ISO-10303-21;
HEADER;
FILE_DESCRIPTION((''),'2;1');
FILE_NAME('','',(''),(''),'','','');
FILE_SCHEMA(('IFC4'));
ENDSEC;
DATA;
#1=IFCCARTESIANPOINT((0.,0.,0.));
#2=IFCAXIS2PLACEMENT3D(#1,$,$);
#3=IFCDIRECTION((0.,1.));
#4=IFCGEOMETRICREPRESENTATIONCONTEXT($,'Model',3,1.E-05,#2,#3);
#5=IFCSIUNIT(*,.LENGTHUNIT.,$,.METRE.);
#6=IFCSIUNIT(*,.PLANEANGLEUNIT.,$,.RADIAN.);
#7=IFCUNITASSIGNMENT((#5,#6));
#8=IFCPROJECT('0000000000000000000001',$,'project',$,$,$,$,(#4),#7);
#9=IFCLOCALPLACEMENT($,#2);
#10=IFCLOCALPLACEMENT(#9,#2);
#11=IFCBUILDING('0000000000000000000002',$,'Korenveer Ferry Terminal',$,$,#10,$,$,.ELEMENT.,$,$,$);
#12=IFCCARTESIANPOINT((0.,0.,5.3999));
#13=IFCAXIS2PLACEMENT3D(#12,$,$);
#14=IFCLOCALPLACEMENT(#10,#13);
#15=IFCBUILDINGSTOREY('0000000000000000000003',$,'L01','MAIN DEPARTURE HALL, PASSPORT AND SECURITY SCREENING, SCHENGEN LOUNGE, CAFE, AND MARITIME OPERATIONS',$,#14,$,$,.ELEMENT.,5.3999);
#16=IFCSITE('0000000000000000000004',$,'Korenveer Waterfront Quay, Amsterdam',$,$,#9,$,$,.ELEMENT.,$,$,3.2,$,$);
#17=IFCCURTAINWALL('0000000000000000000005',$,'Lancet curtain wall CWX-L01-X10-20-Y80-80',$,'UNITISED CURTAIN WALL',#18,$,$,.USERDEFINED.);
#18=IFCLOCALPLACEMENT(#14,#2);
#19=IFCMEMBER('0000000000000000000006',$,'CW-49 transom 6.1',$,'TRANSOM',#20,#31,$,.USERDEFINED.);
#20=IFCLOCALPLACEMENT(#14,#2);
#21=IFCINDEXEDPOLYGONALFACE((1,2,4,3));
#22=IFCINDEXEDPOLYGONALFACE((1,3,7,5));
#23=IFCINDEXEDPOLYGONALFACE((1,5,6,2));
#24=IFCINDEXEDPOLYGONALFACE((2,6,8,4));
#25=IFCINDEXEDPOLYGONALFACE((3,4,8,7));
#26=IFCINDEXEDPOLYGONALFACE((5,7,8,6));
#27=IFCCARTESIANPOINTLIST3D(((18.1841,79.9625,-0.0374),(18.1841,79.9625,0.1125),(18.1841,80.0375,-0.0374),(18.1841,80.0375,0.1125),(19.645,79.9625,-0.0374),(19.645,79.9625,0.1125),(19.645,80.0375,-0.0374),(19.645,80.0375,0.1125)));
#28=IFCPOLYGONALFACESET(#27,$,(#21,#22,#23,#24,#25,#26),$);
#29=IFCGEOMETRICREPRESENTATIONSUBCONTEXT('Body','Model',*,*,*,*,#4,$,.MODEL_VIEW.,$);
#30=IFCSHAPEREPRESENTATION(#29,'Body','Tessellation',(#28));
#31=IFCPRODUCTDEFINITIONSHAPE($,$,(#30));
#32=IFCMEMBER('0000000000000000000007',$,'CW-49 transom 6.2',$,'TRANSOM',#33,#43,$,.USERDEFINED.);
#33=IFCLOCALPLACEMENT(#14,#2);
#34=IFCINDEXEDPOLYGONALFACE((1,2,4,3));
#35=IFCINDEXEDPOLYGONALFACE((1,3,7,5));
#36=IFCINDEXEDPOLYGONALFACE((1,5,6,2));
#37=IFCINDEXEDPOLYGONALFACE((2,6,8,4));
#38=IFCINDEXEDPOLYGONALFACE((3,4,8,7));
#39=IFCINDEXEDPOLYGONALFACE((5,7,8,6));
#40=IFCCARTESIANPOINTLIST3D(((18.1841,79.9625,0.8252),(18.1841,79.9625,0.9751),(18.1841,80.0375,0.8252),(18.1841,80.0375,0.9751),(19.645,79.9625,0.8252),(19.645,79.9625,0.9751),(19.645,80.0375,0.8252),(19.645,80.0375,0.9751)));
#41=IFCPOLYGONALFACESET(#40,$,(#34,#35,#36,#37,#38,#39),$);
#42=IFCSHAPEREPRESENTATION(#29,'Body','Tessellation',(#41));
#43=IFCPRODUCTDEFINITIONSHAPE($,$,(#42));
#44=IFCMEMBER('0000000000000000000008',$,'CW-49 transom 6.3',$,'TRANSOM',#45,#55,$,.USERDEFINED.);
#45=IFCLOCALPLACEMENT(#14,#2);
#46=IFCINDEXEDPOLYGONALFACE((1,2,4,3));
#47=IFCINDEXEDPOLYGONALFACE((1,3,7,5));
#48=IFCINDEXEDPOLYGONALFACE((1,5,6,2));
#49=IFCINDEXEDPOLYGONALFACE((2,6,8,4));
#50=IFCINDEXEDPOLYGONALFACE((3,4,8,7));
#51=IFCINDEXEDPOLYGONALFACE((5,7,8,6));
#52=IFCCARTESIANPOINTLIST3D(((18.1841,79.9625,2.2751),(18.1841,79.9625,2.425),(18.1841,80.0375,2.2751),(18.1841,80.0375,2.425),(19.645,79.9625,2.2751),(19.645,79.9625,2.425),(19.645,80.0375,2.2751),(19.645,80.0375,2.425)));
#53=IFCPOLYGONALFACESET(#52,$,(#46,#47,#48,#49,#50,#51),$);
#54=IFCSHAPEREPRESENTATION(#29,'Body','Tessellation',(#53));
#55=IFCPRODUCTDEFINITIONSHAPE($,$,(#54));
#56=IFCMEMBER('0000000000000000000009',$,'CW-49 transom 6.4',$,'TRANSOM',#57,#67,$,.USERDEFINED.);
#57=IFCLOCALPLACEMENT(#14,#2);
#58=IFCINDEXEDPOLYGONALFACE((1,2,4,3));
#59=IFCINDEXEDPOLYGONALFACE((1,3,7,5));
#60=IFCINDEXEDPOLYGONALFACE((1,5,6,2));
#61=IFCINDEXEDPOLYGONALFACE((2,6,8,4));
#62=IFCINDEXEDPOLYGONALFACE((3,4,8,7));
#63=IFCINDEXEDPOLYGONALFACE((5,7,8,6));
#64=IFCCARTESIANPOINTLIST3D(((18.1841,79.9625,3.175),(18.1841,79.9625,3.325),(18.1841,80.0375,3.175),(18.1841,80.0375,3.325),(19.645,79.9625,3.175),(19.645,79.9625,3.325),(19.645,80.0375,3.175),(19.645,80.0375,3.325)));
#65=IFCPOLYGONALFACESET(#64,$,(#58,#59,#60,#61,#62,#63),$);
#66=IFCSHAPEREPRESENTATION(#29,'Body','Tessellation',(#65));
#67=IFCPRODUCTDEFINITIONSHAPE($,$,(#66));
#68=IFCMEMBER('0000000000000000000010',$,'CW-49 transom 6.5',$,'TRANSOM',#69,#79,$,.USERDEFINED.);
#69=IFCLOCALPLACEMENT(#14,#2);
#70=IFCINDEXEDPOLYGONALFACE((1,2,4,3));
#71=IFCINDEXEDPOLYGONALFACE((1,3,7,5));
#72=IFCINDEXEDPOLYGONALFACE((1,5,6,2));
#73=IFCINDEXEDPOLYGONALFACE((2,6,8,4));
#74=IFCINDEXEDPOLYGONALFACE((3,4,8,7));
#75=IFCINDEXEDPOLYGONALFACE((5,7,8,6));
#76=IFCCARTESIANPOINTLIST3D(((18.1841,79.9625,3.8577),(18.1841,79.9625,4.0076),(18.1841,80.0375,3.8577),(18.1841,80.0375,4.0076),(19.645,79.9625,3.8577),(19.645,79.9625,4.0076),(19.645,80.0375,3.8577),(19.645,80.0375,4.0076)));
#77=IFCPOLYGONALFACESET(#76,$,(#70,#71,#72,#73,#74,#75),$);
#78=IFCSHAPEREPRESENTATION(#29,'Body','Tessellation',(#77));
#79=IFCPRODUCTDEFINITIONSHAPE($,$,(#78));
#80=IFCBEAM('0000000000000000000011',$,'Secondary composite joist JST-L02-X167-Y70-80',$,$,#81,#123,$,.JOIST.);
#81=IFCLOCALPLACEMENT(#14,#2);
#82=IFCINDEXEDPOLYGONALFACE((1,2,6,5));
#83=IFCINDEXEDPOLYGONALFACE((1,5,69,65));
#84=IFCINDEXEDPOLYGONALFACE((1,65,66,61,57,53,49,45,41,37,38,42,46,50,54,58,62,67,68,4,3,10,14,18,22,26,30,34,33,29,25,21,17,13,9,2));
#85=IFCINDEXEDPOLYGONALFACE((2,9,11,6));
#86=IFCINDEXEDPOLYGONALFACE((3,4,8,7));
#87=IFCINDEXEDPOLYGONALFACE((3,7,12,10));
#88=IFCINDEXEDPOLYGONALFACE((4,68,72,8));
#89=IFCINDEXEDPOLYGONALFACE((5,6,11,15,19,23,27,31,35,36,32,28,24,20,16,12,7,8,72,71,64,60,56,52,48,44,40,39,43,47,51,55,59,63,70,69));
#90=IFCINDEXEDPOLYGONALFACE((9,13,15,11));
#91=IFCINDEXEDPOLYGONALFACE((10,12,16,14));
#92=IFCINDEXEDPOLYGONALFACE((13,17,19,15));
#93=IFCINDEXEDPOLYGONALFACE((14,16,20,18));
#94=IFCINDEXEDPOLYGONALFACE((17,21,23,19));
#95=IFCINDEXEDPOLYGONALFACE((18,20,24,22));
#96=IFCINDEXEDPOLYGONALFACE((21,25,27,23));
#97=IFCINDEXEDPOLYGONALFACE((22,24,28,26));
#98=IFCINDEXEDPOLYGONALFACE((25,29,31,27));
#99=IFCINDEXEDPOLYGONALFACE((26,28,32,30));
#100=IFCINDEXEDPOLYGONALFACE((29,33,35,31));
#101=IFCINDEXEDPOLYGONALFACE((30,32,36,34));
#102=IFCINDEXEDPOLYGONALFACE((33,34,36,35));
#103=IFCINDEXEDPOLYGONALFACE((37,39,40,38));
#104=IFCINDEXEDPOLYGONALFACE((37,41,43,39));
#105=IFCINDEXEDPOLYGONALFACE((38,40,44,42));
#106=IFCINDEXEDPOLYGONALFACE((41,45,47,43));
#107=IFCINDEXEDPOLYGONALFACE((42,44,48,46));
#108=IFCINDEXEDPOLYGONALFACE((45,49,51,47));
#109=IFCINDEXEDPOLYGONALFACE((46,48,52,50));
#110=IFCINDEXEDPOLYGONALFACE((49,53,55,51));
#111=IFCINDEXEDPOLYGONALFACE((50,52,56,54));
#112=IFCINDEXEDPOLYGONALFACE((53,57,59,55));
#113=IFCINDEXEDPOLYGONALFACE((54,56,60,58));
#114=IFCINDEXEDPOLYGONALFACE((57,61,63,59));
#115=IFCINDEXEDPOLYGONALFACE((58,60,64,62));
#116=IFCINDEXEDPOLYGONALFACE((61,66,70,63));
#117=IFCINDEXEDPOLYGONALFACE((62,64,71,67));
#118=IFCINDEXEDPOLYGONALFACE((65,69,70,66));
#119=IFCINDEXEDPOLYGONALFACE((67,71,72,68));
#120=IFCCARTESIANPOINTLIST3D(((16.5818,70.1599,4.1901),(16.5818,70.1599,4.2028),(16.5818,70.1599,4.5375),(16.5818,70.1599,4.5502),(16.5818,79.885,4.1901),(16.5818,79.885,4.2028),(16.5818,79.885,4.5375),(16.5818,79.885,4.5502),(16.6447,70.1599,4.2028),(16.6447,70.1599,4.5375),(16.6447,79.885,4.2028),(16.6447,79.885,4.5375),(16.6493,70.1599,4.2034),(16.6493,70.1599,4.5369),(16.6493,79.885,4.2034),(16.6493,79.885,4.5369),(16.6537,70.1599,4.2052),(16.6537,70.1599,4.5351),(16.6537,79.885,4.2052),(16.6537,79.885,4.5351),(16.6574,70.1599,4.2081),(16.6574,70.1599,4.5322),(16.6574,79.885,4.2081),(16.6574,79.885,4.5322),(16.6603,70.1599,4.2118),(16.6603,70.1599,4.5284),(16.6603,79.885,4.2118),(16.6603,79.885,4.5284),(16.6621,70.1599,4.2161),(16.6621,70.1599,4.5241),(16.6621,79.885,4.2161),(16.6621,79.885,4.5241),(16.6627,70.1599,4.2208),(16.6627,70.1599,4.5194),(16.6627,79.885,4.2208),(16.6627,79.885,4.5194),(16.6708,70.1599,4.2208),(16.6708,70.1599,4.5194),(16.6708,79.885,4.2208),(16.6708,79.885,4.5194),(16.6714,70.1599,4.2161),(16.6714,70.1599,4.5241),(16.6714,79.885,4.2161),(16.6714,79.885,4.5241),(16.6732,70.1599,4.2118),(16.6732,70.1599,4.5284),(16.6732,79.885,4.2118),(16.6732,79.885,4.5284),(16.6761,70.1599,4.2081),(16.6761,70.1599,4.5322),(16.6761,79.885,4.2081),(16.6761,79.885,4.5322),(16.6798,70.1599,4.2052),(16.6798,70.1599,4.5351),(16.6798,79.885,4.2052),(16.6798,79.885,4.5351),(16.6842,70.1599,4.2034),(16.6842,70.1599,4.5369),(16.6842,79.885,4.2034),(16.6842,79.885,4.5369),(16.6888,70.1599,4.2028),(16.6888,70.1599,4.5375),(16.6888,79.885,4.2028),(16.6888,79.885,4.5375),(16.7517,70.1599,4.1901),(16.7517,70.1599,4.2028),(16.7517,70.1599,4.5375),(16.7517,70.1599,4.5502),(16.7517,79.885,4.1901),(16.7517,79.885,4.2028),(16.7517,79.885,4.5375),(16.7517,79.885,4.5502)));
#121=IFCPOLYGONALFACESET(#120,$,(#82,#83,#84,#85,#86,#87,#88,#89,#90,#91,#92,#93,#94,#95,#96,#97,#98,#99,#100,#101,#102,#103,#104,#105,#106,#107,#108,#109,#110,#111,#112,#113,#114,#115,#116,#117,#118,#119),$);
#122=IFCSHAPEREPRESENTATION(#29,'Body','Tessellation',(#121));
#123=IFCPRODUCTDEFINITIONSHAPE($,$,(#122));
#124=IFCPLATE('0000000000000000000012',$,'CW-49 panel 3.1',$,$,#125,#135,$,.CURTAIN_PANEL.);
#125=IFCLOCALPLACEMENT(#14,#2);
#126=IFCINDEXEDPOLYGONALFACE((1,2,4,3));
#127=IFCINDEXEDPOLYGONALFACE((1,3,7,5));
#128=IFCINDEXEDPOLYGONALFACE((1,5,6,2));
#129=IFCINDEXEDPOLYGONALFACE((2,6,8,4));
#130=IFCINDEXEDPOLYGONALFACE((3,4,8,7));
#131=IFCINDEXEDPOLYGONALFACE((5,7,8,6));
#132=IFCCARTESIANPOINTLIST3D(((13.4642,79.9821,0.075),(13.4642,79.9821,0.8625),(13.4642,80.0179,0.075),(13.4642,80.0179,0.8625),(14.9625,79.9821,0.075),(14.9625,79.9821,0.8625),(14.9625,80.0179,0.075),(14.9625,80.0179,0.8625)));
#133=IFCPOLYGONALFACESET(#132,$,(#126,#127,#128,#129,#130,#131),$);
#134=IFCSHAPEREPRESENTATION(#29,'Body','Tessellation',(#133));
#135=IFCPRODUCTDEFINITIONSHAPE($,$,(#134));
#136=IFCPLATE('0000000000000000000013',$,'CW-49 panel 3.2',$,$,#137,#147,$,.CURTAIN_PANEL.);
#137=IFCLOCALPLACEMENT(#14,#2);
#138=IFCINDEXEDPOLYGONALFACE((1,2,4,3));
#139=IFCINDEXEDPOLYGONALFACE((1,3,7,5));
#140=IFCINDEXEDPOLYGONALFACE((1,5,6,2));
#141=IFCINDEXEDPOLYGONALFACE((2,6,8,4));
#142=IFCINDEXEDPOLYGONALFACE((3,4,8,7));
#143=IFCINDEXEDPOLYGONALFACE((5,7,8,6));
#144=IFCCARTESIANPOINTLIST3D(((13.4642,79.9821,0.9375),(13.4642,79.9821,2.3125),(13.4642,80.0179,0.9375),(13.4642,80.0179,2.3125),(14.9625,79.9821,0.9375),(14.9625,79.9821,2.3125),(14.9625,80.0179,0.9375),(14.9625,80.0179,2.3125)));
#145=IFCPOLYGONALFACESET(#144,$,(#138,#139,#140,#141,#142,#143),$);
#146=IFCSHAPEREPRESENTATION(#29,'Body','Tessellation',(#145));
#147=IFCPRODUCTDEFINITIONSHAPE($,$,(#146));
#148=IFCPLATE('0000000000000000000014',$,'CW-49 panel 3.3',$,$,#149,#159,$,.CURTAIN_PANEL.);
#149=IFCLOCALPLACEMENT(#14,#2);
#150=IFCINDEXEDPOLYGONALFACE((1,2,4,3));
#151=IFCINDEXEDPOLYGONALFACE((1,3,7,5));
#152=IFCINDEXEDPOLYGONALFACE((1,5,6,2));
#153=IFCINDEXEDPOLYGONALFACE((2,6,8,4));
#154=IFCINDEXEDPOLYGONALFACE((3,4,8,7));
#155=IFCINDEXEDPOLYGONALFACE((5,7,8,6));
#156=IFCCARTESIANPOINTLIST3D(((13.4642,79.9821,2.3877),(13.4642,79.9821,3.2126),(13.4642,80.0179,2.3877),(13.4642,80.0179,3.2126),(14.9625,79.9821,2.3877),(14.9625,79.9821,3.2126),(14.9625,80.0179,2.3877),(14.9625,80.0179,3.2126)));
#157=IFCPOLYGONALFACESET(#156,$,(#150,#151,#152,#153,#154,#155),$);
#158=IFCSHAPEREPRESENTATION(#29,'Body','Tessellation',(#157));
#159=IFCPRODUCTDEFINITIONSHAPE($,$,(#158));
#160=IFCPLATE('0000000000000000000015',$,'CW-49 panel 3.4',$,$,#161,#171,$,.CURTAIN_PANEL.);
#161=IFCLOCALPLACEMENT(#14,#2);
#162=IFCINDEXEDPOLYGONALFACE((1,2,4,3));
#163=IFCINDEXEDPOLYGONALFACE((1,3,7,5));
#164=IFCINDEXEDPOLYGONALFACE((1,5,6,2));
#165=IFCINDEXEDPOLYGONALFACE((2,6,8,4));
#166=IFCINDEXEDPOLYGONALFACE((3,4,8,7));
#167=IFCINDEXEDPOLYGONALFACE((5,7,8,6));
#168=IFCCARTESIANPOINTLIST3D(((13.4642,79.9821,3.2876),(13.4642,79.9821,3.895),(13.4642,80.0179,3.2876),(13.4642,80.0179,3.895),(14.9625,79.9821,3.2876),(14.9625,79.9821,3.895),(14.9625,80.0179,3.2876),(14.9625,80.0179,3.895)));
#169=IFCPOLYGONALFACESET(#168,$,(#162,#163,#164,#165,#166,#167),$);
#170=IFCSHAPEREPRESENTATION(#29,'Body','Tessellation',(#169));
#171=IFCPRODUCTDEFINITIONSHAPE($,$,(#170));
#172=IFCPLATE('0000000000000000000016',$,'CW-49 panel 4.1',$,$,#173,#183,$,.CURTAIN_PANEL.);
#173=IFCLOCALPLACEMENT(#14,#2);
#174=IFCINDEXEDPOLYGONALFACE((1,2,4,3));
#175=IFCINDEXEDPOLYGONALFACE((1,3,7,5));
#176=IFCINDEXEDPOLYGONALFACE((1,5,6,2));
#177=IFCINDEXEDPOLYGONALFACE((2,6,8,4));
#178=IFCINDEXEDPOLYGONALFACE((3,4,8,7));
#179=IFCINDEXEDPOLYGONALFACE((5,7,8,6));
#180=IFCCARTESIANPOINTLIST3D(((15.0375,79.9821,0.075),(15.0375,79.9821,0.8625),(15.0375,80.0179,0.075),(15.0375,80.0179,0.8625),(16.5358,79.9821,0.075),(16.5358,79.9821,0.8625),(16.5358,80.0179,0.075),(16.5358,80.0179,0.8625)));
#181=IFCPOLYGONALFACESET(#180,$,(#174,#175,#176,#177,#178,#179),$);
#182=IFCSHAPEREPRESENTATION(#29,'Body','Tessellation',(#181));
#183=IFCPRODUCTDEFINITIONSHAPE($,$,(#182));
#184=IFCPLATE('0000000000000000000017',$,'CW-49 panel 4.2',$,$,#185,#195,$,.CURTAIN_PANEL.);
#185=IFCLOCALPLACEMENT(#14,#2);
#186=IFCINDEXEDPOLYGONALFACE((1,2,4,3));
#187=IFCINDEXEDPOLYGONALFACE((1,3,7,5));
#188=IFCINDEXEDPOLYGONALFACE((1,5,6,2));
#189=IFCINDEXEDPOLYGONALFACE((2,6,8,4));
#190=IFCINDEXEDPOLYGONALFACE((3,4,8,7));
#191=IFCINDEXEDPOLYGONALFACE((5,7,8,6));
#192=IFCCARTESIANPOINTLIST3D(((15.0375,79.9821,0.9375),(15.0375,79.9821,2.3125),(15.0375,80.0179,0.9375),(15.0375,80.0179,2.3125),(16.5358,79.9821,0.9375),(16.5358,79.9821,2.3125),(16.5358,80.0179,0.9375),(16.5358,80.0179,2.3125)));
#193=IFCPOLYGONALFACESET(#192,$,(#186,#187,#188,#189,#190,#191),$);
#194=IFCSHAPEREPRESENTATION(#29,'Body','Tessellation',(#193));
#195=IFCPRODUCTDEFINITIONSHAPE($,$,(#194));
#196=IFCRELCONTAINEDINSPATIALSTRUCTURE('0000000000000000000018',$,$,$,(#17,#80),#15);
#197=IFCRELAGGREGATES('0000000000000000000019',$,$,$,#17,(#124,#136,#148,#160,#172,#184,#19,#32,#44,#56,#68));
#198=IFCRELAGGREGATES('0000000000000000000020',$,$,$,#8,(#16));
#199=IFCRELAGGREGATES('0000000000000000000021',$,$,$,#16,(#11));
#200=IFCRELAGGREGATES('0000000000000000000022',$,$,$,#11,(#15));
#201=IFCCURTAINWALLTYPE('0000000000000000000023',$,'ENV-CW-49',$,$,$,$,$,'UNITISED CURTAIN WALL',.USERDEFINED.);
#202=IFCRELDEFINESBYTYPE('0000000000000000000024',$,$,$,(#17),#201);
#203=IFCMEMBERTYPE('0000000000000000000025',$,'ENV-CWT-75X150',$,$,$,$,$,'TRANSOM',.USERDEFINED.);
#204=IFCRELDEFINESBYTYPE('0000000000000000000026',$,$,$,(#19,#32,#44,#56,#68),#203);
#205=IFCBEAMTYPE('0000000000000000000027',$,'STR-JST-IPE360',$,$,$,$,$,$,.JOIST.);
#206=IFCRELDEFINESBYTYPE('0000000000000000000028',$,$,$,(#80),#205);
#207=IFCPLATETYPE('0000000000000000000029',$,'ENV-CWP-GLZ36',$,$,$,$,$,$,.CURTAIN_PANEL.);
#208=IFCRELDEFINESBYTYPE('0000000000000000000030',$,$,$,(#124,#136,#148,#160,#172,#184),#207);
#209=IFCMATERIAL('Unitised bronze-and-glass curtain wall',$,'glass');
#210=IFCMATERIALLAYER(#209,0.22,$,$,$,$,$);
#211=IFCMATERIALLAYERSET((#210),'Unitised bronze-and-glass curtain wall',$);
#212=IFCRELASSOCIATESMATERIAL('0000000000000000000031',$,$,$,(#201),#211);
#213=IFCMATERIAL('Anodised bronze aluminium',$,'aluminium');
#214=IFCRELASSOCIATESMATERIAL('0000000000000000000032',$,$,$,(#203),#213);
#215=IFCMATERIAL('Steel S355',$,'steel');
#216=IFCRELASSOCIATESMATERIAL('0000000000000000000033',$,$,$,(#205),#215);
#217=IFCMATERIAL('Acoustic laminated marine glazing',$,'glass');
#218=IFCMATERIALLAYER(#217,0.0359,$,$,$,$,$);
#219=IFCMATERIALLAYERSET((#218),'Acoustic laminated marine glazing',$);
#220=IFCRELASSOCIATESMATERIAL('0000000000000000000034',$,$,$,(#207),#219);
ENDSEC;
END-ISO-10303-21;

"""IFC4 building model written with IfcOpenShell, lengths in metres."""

from ifc_helpers import new_model, si_unit, direction, frame, origin, origin_2d, place, context, subcontext, project, spatial, rectangle, i_section, extrude, material, layer, layer_set, material_profile, profile_set, type_object, element, aggregate, save


model = new_model("IFC4")

# Units and contexts
model_context = context("Model", 3, precision=1e-05, world=origin(), true_north=direction((0.0, 1.0)))
body_context = subcontext(model_context, "Body", "Model", "MODEL_VIEW")
ifc_project = project(units=[si_unit("LENGTHUNIT", "METRE"), si_unit("PLANEANGLEUNIT", "RADIAN")], contexts=[model_context])

# Site, building, storey
site_placement = place(None, origin())
site = spatial("IfcSite", under=ifc_project, at=site_placement, Name="Korenveer Waterfront Quay, Amsterdam", CompositionType="ELEMENT", RefElevation=3.2)
building_placement = place(site_placement, origin())
building = spatial("IfcBuilding", under=site, at=building_placement, Name="Korenveer Ferry Terminal", CompositionType="ELEMENT")
storey_placement = place(building_placement, frame((0.0, 0.0, 5.3999)))
storey = spatial("IfcBuildingStorey", under=building, at=storey_placement, Name="L01", Description="MAIN DEPARTURE HALL, PASSPORT AND SECURITY SCREENING, SCHENGEN LOUNGE, CAFE, AND MARITIME OPERATIONS", CompositionType="ELEMENT", Elevation=5.3999)

# Curtain wall, members
ifc_material_1 = material(Name="Unitised bronze-and-glass curtain wall", Category="glass")
ifc_layer_1 = layer(ifc_material_1, 0.22)
ifc_layer_set_1 = layer_set([ifc_layer_1], Name="Unitised bronze-and-glass curtain wall")
curtain_wall_type = type_object("IfcCurtainWallType", Name="ENV-CW-49", ElementType="UNITISED CURTAIN WALL", PredefinedType="USERDEFINED", material=ifc_layer_set_1)
curtain_wall_placement = place(storey_placement, frame((10.28, 80.0, 0.0)))
curtain_wall = element("IfcCurtainWall", 1, at=curtain_wall_placement, inside=storey, type_object=curtain_wall_type, Name="Lancet curtain wall CWX-L01-X10-20-Y80-80", ObjectType="UNITISED CURTAIN WALL", PredefinedType="USERDEFINED")
ifc_material_2 = material(Name="Anodised bronze aluminium", Category="aluminium")
ifc_material_profile_1 = material_profile(ifc_material_2, rectangle(XDim=0.075, YDim=0.1499, at=origin_2d()), Name="ALU 75x150")
ifc_profile_set_1 = profile_set([ifc_material_profile_1], Name="Anodised bronze aluminium")
member_type_1 = type_object("IfcMemberType", Name="ENV-CWT-75X150", ElementType="TRANSOM", PredefinedType="USERDEFINED", material=ifc_profile_set_1)
member_1_placement = place(storey_placement, frame((18.1841, 80.0, 0.0376), z_axis=(1.0, 0.0, 0.0), x_axis=(0.0, 1.0, 0.0)))
member_1 = element("IfcMember", 2, at=member_1_placement, type_object=member_type_1, Name="CW-49 transom 6.1", ObjectType="TRANSOM", PredefinedType="USERDEFINED", context=body_context, shape_type="SweptSolid", body=[
    extrude(rectangle(XDim=0.075, YDim=0.1499, at=origin_2d()), origin(), (0.0, 0.0, 1.0), 1.4609),
])
member_2_placement = place(storey_placement, frame((18.1841, 80.0, 0.9001), z_axis=(1.0, 0.0, 0.0), x_axis=(0.0, 1.0, 0.0)))
member_2 = element("IfcMember", 3, at=member_2_placement, type_object=member_type_1, Name="CW-49 transom 6.2", ObjectType="TRANSOM", PredefinedType="USERDEFINED", context=body_context, shape_type="SweptSolid", body=[
    extrude(rectangle(XDim=0.075, YDim=0.1499, at=origin_2d()), origin(), (0.0, 0.0, 1.0), 1.4609),
])
member_3_placement = place(storey_placement, frame((18.1841, 80.0, 2.3501), z_axis=(1.0, 0.0, 0.0), x_axis=(0.0, 1.0, 0.0)))
member_3 = element("IfcMember", 4, at=member_3_placement, type_object=member_type_1, Name="CW-49 transom 6.3", ObjectType="TRANSOM", PredefinedType="USERDEFINED", context=body_context, shape_type="SweptSolid", body=[
    extrude(rectangle(XDim=0.075, YDim=0.1499, at=origin_2d()), origin(), (0.0, 0.0, 1.0), 1.4609),
])
member_4_placement = place(storey_placement, frame((18.1841, 80.0, 3.25), z_axis=(1.0, 0.0, 0.0), x_axis=(0.0, 1.0, 0.0)))
member_4 = element("IfcMember", 5, at=member_4_placement, type_object=member_type_1, Name="CW-49 transom 6.4", ObjectType="TRANSOM", PredefinedType="USERDEFINED", context=body_context, shape_type="SweptSolid", body=[
    extrude(rectangle(XDim=0.075, YDim=0.1499, at=origin_2d()), origin(), (0.0, 0.0, 1.0), 1.4609),
])
member_5_placement = place(storey_placement, frame((18.1841, 80.0, 3.9326), z_axis=(1.0, 0.0, 0.0), x_axis=(0.0, 1.0, 0.0)))
member_5 = element("IfcMember", 6, at=member_5_placement, type_object=member_type_1, Name="CW-49 transom 6.5", ObjectType="TRANSOM", PredefinedType="USERDEFINED", context=body_context, shape_type="SweptSolid", body=[
    extrude(rectangle(XDim=0.075, YDim=0.1499, at=origin_2d()), origin(), (0.0, 0.0, 1.0), 1.4609),
])

# Beam
ifc_material_3 = material(Name="Steel S355", Category="steel")
ifc_material_profile_2 = material_profile(ifc_material_3, i_section(OverallWidth=0.1699, OverallDepth=0.3601, WebThickness=0.0081, FlangeThickness=0.0127, FilletRadius=0.0181, at=origin_2d()), Name="IPE 360")
ifc_profile_set_2 = profile_set([ifc_material_profile_2], Name="Steel S355")
beam_type = type_object("IfcBeamType", Name="STR-JST-IPE360", PredefinedType="JOIST", material=ifc_profile_set_2)
beam_placement = place(storey_placement, frame((16.6667, 70.1599, 4.3701), z_axis=(0.0, 1.0, 0.0), x_axis=(-1.0, 0.0, 0.0)))
element("IfcBeam", 7, at=beam_placement, inside=storey, type_object=beam_type, Name="Secondary composite joist JST-L02-X167-Y70-80", PredefinedType="JOIST", context=body_context, shape_type="SweptSolid", body=[
    extrude(i_section(OverallWidth=0.1699, OverallDepth=0.3601, WebThickness=0.0081, FlangeThickness=0.0127, FilletRadius=0.0181, at=origin_2d()), origin(), (0.0, 0.0, 1.0), 9.7251),
])

# Plates
ifc_material_4 = material(Name="Acoustic laminated marine glazing", Category="glass")
ifc_layer_2 = layer(ifc_material_4, 0.0359)
ifc_layer_set_2 = layer_set([ifc_layer_2], Name="Acoustic laminated marine glazing")
plate_type = type_object("IfcPlateType", Name="ENV-CWP-GLZ36", PredefinedType="CURTAIN_PANEL", material=ifc_layer_set_2)
plate_1_placement = place(storey_placement, frame((14.2134, 80.0, 0.075), z_axis=(0.0, 0.0, 1.0), x_axis=(1.0, 0.0, 0.0)))
plate_1 = element("IfcPlate", 8, at=plate_1_placement, type_object=plate_type, Name="CW-49 panel 3.1", PredefinedType="CURTAIN_PANEL", context=body_context, shape_type="SweptSolid", body=[
    extrude(rectangle(XDim=1.4983, YDim=0.0359, at=origin_2d()), origin(), (0.0, 0.0, 1.0), 0.7876),
])
plate_2_placement = place(storey_placement, frame((14.2134, 80.0, 0.9375), z_axis=(0.0, 0.0, 1.0), x_axis=(1.0, 0.0, 0.0)))
plate_2 = element("IfcPlate", 9, at=plate_2_placement, type_object=plate_type, Name="CW-49 panel 3.2", PredefinedType="CURTAIN_PANEL", context=body_context, shape_type="SweptSolid", body=[
    extrude(rectangle(XDim=1.4983, YDim=0.0359, at=origin_2d()), origin(), (0.0, 0.0, 1.0), 1.375),
])
plate_3_placement = place(storey_placement, frame((14.2134, 80.0, 2.3877), z_axis=(0.0, 0.0, 1.0), x_axis=(1.0, 0.0, 0.0)))
plate_3 = element("IfcPlate", 10, at=plate_3_placement, type_object=plate_type, Name="CW-49 panel 3.3", PredefinedType="CURTAIN_PANEL", context=body_context, shape_type="SweptSolid", body=[
    extrude(rectangle(XDim=1.4983, YDim=0.0359, at=origin_2d()), origin(), (0.0, 0.0, 1.0), 0.825),
])
plate_4_placement = place(storey_placement, frame((14.2134, 80.0, 3.2876), z_axis=(0.0, 0.0, 1.0), x_axis=(1.0, 0.0, 0.0)))
plate_4 = element("IfcPlate", 11, at=plate_4_placement, type_object=plate_type, Name="CW-49 panel 3.4", PredefinedType="CURTAIN_PANEL", context=body_context, shape_type="SweptSolid", body=[
    extrude(rectangle(XDim=1.4983, YDim=0.0359, at=origin_2d()), origin(), (0.0, 0.0, 1.0), 0.6074),
])
plate_5_placement = place(storey_placement, frame((15.7866, 80.0, 0.075), z_axis=(0.0, 0.0, 1.0), x_axis=(1.0, 0.0, 0.0)))
plate_5 = element("IfcPlate", 12, at=plate_5_placement, type_object=plate_type, Name="CW-49 panel 4.1", PredefinedType="CURTAIN_PANEL", context=body_context, shape_type="SweptSolid", body=[
    extrude(rectangle(XDim=1.4983, YDim=0.0359, at=origin_2d()), origin(), (0.0, 0.0, 1.0), 0.7876),
])
plate_6_placement = place(storey_placement, frame((15.7866, 80.0, 0.9375), z_axis=(0.0, 0.0, 1.0), x_axis=(1.0, 0.0, 0.0)))
plate_6 = element("IfcPlate", 13, at=plate_6_placement, type_object=plate_type, Name="CW-49 panel 4.2", PredefinedType="CURTAIN_PANEL", context=body_context, shape_type="SweptSolid", body=[
    extrude(rectangle(XDim=1.4983, YDim=0.0359, at=origin_2d()), origin(), (0.0, 0.0, 1.0), 1.375),
])
aggregate(curtain_wall, [plate_1, plate_2, plate_3, plate_4, plate_5, plate_6, member_1, member_2, member_3, member_4, member_5])

save(model, "model.ifc")
